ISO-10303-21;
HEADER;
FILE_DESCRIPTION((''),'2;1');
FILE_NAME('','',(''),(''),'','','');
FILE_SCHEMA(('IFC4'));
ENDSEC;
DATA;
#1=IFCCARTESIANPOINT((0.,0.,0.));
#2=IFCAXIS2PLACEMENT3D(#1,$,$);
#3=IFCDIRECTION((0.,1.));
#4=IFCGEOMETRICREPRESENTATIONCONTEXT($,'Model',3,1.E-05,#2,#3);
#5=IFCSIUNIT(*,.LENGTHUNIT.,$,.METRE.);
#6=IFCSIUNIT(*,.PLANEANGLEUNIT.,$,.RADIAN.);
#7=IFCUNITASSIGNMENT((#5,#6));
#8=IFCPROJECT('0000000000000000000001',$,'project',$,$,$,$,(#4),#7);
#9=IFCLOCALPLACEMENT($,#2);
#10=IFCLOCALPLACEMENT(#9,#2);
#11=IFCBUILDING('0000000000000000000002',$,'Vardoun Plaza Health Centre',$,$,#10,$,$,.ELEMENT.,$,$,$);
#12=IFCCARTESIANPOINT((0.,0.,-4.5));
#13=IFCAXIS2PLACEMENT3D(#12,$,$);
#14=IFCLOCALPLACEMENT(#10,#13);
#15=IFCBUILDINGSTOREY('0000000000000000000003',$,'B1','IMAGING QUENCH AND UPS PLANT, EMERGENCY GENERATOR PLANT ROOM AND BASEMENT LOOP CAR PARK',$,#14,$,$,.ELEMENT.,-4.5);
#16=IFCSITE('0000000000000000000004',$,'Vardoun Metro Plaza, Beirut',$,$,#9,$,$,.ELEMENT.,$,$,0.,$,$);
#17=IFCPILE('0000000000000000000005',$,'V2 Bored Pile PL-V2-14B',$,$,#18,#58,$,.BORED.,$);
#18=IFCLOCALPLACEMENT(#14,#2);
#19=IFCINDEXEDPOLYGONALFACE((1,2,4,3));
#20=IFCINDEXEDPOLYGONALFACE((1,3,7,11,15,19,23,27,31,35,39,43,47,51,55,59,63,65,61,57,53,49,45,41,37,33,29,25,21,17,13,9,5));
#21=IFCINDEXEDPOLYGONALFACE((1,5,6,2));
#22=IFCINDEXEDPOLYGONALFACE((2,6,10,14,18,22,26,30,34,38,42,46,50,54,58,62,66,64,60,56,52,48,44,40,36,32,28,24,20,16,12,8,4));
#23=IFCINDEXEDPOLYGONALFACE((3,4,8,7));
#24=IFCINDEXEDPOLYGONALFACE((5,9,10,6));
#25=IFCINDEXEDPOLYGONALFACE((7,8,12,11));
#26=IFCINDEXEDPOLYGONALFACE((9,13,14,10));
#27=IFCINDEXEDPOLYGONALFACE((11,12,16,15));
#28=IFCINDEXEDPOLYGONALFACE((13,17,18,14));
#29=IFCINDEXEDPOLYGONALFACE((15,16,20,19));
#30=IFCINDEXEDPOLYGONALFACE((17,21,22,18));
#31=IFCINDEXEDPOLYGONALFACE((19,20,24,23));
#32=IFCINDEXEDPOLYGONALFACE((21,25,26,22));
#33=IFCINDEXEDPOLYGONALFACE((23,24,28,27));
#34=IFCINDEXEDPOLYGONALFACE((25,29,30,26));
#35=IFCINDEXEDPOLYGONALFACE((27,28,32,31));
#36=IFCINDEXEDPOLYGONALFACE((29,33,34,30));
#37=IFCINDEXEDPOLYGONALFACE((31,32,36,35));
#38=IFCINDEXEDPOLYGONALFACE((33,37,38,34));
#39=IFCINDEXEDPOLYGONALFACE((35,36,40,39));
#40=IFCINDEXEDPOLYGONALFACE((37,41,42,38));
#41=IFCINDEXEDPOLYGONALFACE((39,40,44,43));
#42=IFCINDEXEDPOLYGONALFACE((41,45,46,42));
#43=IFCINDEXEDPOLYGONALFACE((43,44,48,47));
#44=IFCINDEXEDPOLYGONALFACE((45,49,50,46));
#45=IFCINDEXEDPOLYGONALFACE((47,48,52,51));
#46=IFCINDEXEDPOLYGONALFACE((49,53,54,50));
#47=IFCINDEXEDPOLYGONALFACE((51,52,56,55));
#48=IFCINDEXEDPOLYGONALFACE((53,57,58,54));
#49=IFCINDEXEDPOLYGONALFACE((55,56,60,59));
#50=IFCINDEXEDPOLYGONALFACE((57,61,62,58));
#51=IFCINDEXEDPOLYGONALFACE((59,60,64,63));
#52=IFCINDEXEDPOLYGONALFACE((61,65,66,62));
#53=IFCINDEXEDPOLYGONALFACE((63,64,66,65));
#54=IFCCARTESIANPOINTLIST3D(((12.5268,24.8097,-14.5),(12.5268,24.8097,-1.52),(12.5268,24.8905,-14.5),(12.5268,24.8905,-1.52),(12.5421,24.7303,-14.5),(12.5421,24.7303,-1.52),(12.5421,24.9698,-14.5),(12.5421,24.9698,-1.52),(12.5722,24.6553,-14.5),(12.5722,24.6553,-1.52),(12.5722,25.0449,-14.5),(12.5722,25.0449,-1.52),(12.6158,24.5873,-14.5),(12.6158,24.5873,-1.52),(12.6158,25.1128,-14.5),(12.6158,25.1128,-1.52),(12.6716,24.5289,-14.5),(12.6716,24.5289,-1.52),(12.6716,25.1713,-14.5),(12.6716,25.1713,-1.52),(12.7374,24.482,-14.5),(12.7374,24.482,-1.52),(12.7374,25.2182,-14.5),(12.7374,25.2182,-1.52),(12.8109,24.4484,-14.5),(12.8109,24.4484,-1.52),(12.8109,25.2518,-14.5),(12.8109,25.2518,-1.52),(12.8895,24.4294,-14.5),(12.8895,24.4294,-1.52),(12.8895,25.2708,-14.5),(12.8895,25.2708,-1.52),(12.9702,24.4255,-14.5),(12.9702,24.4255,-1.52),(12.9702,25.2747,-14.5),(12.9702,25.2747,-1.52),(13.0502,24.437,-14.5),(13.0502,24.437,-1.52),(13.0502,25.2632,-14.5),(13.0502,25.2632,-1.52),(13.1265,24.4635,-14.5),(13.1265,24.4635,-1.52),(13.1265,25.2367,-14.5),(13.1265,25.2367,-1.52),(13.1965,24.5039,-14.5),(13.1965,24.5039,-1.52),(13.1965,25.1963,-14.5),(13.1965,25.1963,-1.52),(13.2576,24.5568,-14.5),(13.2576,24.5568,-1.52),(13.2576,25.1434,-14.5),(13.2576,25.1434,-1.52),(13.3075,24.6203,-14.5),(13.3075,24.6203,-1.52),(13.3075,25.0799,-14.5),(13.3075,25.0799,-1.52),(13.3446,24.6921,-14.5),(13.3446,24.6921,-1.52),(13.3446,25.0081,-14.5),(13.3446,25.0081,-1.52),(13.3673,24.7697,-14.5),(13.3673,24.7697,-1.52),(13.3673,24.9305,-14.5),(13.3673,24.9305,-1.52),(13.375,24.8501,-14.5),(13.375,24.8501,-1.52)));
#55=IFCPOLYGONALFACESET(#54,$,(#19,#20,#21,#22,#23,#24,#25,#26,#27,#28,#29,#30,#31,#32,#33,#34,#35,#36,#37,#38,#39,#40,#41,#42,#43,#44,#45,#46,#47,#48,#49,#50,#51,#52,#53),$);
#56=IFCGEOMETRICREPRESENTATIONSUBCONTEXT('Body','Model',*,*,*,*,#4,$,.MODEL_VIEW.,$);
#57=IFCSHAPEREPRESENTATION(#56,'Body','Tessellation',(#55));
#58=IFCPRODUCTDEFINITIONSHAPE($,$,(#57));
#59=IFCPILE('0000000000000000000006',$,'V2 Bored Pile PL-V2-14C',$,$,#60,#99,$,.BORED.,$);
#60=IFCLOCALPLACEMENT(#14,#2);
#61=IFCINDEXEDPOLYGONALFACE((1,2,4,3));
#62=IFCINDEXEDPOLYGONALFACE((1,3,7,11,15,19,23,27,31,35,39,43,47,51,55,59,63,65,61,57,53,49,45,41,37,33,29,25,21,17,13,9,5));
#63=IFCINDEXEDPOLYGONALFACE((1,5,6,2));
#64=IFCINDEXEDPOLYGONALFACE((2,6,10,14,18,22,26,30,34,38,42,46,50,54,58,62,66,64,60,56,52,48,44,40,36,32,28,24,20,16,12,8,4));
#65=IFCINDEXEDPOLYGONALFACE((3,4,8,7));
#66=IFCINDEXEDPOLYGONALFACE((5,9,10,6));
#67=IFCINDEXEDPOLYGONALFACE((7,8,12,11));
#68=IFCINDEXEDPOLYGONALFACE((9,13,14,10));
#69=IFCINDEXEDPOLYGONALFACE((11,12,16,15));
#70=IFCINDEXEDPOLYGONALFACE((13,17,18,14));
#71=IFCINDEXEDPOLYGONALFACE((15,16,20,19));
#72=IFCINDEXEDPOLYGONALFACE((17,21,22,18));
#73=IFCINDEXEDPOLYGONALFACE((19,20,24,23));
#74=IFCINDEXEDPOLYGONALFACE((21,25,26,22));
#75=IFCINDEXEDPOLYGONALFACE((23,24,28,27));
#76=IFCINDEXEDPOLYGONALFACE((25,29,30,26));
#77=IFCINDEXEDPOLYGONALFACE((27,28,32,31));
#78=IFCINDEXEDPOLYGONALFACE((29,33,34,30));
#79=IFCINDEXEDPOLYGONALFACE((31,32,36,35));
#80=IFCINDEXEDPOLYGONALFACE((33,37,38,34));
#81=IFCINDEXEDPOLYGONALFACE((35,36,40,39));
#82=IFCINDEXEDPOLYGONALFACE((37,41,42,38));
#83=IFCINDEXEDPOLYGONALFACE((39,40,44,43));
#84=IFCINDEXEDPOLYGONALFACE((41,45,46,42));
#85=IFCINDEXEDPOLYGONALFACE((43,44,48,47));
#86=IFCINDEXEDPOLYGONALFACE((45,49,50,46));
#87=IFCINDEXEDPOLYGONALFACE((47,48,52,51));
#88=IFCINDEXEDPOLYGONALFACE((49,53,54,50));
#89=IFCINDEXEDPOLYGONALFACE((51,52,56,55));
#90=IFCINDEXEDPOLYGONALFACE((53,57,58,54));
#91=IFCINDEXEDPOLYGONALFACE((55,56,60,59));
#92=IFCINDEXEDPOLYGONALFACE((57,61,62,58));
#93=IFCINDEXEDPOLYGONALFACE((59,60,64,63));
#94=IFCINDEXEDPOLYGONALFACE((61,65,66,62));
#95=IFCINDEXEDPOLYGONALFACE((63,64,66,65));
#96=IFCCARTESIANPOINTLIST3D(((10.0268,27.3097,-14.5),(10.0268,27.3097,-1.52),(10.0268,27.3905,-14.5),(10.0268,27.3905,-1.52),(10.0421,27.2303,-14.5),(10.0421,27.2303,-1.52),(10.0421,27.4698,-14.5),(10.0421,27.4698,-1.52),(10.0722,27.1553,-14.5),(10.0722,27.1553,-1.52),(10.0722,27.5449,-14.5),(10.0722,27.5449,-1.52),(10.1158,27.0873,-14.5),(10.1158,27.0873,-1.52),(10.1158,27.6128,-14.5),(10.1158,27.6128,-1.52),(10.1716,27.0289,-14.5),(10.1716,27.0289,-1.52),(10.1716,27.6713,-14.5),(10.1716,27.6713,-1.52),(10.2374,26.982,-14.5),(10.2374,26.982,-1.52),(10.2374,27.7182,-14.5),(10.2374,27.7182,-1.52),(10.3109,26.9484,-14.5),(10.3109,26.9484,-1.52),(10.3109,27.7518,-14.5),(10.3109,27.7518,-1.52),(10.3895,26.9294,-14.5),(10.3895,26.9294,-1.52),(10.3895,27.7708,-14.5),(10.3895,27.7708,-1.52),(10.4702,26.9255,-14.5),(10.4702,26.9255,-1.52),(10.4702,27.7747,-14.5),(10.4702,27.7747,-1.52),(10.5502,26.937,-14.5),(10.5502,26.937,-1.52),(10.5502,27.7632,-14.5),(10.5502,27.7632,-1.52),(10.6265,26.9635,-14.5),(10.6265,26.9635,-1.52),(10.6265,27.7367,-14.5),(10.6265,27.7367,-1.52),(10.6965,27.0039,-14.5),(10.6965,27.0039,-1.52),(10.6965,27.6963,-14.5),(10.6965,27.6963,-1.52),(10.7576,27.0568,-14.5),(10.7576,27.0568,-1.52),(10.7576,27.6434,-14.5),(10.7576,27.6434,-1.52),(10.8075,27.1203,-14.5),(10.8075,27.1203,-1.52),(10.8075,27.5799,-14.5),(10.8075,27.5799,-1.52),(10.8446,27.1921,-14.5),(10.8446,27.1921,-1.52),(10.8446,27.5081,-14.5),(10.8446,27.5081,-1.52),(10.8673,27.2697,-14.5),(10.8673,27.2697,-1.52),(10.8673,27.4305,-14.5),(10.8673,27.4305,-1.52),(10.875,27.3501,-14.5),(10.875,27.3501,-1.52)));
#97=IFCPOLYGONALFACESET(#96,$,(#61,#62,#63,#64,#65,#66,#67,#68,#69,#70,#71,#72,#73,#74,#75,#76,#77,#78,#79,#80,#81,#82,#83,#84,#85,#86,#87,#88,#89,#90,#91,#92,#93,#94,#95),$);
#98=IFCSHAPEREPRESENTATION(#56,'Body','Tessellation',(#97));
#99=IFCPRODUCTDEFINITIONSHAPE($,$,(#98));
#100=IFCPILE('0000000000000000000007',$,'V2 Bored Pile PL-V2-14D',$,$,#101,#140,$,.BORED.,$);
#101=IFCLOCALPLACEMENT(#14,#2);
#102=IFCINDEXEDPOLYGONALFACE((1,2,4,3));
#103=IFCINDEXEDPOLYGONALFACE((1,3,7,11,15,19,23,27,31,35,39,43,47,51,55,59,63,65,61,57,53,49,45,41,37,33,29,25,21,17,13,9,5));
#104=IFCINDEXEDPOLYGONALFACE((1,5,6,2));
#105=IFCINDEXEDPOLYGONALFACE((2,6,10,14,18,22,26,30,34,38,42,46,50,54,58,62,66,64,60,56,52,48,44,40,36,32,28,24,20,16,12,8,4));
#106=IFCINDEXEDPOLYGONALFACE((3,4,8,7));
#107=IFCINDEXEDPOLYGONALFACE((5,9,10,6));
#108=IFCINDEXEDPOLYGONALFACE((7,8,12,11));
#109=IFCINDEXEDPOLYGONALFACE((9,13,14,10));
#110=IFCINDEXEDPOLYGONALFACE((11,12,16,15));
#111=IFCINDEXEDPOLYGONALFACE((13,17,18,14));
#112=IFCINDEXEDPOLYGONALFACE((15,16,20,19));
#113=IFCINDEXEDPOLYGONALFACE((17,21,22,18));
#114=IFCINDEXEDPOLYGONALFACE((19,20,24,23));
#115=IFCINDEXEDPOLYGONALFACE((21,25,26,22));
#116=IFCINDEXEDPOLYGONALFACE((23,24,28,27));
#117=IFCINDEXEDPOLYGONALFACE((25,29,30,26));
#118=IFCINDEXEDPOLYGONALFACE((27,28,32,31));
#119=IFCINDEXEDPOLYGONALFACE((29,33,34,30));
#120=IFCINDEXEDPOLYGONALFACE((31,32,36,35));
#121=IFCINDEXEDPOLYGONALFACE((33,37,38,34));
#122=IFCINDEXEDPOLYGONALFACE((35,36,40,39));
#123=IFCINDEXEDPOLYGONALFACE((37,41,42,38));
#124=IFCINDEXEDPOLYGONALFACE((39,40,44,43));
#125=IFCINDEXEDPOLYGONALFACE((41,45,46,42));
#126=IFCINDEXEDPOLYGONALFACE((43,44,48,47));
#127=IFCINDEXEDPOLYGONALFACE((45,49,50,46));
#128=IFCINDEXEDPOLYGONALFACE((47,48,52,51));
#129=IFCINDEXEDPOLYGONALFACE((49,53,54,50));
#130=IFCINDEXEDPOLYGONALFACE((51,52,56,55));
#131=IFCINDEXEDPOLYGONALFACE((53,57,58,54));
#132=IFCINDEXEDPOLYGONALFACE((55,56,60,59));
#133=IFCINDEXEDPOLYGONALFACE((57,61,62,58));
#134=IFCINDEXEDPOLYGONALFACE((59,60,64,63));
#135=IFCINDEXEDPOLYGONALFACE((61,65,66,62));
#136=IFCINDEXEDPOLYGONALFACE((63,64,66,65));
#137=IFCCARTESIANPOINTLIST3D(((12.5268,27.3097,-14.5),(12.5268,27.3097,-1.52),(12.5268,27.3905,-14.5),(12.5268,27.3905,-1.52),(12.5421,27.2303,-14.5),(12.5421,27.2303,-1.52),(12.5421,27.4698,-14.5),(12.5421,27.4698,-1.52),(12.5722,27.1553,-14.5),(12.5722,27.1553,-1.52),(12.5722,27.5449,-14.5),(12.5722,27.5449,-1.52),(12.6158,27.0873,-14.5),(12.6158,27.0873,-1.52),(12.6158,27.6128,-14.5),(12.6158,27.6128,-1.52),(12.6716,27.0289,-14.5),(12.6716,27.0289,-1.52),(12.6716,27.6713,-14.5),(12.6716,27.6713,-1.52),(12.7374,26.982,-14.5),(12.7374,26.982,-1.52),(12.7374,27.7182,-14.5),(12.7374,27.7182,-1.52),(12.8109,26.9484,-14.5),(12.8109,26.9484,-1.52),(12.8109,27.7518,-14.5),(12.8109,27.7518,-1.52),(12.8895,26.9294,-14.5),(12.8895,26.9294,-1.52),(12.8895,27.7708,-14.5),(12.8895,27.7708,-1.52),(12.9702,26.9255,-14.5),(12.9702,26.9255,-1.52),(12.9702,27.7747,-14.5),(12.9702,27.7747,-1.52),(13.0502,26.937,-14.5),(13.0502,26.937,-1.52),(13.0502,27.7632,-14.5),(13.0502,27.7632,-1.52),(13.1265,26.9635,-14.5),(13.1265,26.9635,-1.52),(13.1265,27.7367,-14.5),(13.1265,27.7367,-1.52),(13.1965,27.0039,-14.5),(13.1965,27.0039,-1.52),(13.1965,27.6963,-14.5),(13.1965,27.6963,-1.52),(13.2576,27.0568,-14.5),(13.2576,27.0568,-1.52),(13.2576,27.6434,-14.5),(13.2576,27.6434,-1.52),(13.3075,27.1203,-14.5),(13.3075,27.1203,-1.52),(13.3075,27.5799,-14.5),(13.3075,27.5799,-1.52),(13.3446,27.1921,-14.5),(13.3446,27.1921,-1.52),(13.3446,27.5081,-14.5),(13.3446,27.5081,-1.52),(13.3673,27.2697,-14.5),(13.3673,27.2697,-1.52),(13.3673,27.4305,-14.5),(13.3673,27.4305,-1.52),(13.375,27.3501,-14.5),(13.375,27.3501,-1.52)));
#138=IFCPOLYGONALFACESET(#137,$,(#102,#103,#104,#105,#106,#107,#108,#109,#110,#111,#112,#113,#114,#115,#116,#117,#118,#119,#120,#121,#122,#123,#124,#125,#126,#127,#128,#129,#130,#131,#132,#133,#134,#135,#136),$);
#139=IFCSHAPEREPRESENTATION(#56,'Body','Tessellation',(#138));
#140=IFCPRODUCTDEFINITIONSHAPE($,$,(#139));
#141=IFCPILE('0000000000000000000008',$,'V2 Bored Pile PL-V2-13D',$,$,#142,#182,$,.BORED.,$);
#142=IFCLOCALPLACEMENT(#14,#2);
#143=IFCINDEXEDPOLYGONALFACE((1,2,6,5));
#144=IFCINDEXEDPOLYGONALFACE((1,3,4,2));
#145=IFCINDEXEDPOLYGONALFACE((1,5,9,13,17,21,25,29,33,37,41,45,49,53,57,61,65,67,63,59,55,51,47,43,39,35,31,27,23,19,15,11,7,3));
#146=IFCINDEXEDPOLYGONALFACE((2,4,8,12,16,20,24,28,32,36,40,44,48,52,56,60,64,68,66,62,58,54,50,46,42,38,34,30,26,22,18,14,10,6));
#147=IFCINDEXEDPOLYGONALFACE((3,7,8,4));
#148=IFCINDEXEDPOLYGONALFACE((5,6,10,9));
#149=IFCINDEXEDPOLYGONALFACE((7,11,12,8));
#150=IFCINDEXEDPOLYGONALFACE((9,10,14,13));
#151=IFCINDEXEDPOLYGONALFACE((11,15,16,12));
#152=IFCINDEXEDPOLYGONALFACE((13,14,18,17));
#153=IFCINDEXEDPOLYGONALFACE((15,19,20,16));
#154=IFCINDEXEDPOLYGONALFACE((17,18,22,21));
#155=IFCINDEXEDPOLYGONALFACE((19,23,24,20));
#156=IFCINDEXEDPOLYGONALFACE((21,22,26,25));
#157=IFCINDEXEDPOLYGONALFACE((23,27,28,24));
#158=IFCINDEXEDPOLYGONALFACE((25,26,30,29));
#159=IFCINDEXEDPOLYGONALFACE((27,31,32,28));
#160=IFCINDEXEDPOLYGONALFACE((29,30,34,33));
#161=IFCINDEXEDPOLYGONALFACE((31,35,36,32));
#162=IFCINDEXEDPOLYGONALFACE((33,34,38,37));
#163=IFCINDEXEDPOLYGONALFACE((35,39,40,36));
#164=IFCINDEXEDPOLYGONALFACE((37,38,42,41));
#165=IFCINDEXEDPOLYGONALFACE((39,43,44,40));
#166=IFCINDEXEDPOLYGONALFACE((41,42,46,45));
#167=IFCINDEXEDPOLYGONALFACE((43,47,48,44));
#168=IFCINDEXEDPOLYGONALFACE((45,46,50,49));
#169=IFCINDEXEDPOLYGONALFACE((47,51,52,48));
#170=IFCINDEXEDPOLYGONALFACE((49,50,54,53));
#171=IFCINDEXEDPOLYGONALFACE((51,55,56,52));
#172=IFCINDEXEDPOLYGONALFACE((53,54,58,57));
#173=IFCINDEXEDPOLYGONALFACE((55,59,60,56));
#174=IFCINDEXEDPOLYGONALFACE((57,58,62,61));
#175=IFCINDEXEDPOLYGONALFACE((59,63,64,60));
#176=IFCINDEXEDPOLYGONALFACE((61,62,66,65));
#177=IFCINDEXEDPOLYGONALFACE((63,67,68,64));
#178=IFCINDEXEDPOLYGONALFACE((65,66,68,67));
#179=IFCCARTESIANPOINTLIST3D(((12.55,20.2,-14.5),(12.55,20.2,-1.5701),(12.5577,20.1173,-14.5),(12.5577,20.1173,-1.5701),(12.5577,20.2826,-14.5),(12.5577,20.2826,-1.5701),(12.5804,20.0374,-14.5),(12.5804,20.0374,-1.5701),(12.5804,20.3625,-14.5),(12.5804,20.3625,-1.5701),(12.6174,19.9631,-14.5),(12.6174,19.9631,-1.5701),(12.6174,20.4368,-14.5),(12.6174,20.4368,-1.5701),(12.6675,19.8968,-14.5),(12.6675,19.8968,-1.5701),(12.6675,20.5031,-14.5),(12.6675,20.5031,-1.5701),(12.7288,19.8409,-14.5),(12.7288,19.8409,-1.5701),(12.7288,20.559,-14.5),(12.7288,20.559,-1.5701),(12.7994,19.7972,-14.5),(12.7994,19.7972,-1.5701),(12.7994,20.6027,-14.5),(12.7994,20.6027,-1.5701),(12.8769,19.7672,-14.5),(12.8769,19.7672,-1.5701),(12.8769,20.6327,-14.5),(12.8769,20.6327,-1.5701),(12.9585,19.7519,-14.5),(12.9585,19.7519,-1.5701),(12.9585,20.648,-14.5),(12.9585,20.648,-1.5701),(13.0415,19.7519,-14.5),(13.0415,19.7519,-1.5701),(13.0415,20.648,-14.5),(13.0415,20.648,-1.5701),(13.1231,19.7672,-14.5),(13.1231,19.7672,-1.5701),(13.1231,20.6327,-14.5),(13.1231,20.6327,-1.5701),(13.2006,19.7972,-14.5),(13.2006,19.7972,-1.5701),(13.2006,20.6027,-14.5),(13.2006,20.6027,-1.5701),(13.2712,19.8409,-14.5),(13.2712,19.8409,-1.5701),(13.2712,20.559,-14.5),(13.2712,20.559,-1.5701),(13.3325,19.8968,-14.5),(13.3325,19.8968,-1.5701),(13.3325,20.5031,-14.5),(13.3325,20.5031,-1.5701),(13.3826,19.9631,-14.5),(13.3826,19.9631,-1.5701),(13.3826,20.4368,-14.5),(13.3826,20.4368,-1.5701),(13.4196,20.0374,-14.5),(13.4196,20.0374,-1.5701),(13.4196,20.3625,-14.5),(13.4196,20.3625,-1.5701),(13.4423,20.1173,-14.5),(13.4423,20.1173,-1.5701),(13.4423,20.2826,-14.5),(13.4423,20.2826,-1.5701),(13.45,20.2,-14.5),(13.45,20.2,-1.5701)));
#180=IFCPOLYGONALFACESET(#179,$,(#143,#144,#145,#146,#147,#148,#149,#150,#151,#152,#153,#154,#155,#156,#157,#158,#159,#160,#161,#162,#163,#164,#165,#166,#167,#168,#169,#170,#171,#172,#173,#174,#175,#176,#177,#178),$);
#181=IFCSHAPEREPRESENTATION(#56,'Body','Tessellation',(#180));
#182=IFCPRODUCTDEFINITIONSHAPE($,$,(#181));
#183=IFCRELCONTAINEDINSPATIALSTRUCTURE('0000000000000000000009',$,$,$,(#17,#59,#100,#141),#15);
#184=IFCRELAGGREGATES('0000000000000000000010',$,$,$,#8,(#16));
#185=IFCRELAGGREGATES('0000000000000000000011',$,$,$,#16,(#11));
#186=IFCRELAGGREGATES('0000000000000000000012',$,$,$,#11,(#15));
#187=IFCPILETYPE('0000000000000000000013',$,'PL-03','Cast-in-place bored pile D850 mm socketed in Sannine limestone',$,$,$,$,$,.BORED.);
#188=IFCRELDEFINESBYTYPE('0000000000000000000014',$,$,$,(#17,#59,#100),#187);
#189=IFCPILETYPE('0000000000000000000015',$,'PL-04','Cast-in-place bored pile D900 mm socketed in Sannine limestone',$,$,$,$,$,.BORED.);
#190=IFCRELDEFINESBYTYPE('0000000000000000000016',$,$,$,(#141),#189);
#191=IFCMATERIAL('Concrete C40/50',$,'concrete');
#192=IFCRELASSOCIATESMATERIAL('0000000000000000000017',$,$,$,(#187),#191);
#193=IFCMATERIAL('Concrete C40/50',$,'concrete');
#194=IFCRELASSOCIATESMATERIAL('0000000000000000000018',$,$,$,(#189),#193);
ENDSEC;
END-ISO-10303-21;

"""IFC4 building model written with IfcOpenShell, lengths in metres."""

from ifc_helpers import new_model, si_unit, direction, frame, origin, origin_2d, place, context, subcontext, project, spatial, circle, extrude, material, material_profile, profile_set, type_object, element, save


model = new_model("IFC4")

# Units and contexts
model_context = context("Model", 3, precision=1e-05, world=origin(), true_north=direction((0.0, 1.0)))
body_context = subcontext(model_context, "Body", "Model", "MODEL_VIEW")
ifc_project = project(units=[si_unit("LENGTHUNIT", "METRE"), si_unit("PLANEANGLEUNIT", "RADIAN")], contexts=[model_context])

# Site, building, storey
site_placement = place(None, origin())
site = spatial("IfcSite", under=ifc_project, at=site_placement, Name="Vardoun Metro Plaza, Beirut", CompositionType="ELEMENT", RefElevation=0.0)
building_placement = place(site_placement, origin())
building = spatial("IfcBuilding", under=site, at=building_placement, Name="Vardoun Plaza Health Centre", CompositionType="ELEMENT")
storey_placement = place(building_placement, frame((0.0, 0.0, -4.5)))
storey = spatial("IfcBuildingStorey", under=building, at=storey_placement, Name="B1", Description="IMAGING QUENCH AND UPS PLANT, EMERGENCY GENERATOR PLANT ROOM AND BASEMENT LOOP CAR PARK", CompositionType="ELEMENT", Elevation=-4.5)

# Piles
ifc_material_1 = material(Name="Concrete C40/50", Category="concrete")
ifc_material_profile_1 = material_profile(ifc_material_1, circle(Radius=0.425, at=origin_2d()), Name="PILE D850")
ifc_profile_set_1 = profile_set([ifc_material_profile_1], Name="Concrete C40/50")
pile_type_1 = type_object("IfcPileType", Name="PL-03", Description="Cast-in-place bored pile D850 mm socketed in Sannine limestone", PredefinedType="BORED", material=ifc_profile_set_1)
for number, where, z_axis, x_axis, name in (
    (1, (12.95, 24.8501, -1.52), (0.0, 0.0, -1.0), (1.0, 0.0, 0.0), "V2 Bored Pile PL-V2-14B"),
    (2, (10.45, 27.3501, -1.52), (0.0, 0.0, -1.0), (1.0, 0.0, 0.0), "V2 Bored Pile PL-V2-14C"),
    (3, (12.95, 27.3501, -1.52), (0.0, 0.0, -1.0), (1.0, 0.0, 0.0), "V2 Bored Pile PL-V2-14D"),
):
    element("IfcPile", number, at=place(storey_placement, frame(where, z_axis=z_axis, x_axis=x_axis)), inside=storey, type_object=pile_type_1, Name=name, PredefinedType="BORED", context=body_context, shape_type="SweptSolid", body=[
        extrude(circle(Radius=0.425, at=origin_2d()), origin(), (0.0, 0.0, 1.0), 12.98),
    ])
ifc_material_2 = material(Name="Concrete C40/50", Category="concrete")
ifc_material_profile_2 = material_profile(ifc_material_2, circle(Radius=0.45, at=origin_2d()), Name="PILE D900")
ifc_profile_set_2 = profile_set([ifc_material_profile_2], Name="Concrete C40/50")
pile_type_2 = type_object("IfcPileType", Name="PL-04", Description="Cast-in-place bored pile D900 mm socketed in Sannine limestone", PredefinedType="BORED", material=ifc_profile_set_2)
pile_placement = place(storey_placement, frame((13.0, 20.2, -1.5701), z_axis=(0.0, 0.0, -1.0), x_axis=(1.0, 0.0, 0.0)))
element("IfcPile", 4, at=pile_placement, inside=storey, type_object=pile_type_2, Name="V2 Bored Pile PL-V2-13D", PredefinedType="BORED", context=body_context, shape_type="SweptSolid", body=[
    extrude(circle(Radius=0.45, at=origin_2d()), origin(), (0.0, 0.0, 1.0), 12.9299),
])

save(model, "model.ifc")
